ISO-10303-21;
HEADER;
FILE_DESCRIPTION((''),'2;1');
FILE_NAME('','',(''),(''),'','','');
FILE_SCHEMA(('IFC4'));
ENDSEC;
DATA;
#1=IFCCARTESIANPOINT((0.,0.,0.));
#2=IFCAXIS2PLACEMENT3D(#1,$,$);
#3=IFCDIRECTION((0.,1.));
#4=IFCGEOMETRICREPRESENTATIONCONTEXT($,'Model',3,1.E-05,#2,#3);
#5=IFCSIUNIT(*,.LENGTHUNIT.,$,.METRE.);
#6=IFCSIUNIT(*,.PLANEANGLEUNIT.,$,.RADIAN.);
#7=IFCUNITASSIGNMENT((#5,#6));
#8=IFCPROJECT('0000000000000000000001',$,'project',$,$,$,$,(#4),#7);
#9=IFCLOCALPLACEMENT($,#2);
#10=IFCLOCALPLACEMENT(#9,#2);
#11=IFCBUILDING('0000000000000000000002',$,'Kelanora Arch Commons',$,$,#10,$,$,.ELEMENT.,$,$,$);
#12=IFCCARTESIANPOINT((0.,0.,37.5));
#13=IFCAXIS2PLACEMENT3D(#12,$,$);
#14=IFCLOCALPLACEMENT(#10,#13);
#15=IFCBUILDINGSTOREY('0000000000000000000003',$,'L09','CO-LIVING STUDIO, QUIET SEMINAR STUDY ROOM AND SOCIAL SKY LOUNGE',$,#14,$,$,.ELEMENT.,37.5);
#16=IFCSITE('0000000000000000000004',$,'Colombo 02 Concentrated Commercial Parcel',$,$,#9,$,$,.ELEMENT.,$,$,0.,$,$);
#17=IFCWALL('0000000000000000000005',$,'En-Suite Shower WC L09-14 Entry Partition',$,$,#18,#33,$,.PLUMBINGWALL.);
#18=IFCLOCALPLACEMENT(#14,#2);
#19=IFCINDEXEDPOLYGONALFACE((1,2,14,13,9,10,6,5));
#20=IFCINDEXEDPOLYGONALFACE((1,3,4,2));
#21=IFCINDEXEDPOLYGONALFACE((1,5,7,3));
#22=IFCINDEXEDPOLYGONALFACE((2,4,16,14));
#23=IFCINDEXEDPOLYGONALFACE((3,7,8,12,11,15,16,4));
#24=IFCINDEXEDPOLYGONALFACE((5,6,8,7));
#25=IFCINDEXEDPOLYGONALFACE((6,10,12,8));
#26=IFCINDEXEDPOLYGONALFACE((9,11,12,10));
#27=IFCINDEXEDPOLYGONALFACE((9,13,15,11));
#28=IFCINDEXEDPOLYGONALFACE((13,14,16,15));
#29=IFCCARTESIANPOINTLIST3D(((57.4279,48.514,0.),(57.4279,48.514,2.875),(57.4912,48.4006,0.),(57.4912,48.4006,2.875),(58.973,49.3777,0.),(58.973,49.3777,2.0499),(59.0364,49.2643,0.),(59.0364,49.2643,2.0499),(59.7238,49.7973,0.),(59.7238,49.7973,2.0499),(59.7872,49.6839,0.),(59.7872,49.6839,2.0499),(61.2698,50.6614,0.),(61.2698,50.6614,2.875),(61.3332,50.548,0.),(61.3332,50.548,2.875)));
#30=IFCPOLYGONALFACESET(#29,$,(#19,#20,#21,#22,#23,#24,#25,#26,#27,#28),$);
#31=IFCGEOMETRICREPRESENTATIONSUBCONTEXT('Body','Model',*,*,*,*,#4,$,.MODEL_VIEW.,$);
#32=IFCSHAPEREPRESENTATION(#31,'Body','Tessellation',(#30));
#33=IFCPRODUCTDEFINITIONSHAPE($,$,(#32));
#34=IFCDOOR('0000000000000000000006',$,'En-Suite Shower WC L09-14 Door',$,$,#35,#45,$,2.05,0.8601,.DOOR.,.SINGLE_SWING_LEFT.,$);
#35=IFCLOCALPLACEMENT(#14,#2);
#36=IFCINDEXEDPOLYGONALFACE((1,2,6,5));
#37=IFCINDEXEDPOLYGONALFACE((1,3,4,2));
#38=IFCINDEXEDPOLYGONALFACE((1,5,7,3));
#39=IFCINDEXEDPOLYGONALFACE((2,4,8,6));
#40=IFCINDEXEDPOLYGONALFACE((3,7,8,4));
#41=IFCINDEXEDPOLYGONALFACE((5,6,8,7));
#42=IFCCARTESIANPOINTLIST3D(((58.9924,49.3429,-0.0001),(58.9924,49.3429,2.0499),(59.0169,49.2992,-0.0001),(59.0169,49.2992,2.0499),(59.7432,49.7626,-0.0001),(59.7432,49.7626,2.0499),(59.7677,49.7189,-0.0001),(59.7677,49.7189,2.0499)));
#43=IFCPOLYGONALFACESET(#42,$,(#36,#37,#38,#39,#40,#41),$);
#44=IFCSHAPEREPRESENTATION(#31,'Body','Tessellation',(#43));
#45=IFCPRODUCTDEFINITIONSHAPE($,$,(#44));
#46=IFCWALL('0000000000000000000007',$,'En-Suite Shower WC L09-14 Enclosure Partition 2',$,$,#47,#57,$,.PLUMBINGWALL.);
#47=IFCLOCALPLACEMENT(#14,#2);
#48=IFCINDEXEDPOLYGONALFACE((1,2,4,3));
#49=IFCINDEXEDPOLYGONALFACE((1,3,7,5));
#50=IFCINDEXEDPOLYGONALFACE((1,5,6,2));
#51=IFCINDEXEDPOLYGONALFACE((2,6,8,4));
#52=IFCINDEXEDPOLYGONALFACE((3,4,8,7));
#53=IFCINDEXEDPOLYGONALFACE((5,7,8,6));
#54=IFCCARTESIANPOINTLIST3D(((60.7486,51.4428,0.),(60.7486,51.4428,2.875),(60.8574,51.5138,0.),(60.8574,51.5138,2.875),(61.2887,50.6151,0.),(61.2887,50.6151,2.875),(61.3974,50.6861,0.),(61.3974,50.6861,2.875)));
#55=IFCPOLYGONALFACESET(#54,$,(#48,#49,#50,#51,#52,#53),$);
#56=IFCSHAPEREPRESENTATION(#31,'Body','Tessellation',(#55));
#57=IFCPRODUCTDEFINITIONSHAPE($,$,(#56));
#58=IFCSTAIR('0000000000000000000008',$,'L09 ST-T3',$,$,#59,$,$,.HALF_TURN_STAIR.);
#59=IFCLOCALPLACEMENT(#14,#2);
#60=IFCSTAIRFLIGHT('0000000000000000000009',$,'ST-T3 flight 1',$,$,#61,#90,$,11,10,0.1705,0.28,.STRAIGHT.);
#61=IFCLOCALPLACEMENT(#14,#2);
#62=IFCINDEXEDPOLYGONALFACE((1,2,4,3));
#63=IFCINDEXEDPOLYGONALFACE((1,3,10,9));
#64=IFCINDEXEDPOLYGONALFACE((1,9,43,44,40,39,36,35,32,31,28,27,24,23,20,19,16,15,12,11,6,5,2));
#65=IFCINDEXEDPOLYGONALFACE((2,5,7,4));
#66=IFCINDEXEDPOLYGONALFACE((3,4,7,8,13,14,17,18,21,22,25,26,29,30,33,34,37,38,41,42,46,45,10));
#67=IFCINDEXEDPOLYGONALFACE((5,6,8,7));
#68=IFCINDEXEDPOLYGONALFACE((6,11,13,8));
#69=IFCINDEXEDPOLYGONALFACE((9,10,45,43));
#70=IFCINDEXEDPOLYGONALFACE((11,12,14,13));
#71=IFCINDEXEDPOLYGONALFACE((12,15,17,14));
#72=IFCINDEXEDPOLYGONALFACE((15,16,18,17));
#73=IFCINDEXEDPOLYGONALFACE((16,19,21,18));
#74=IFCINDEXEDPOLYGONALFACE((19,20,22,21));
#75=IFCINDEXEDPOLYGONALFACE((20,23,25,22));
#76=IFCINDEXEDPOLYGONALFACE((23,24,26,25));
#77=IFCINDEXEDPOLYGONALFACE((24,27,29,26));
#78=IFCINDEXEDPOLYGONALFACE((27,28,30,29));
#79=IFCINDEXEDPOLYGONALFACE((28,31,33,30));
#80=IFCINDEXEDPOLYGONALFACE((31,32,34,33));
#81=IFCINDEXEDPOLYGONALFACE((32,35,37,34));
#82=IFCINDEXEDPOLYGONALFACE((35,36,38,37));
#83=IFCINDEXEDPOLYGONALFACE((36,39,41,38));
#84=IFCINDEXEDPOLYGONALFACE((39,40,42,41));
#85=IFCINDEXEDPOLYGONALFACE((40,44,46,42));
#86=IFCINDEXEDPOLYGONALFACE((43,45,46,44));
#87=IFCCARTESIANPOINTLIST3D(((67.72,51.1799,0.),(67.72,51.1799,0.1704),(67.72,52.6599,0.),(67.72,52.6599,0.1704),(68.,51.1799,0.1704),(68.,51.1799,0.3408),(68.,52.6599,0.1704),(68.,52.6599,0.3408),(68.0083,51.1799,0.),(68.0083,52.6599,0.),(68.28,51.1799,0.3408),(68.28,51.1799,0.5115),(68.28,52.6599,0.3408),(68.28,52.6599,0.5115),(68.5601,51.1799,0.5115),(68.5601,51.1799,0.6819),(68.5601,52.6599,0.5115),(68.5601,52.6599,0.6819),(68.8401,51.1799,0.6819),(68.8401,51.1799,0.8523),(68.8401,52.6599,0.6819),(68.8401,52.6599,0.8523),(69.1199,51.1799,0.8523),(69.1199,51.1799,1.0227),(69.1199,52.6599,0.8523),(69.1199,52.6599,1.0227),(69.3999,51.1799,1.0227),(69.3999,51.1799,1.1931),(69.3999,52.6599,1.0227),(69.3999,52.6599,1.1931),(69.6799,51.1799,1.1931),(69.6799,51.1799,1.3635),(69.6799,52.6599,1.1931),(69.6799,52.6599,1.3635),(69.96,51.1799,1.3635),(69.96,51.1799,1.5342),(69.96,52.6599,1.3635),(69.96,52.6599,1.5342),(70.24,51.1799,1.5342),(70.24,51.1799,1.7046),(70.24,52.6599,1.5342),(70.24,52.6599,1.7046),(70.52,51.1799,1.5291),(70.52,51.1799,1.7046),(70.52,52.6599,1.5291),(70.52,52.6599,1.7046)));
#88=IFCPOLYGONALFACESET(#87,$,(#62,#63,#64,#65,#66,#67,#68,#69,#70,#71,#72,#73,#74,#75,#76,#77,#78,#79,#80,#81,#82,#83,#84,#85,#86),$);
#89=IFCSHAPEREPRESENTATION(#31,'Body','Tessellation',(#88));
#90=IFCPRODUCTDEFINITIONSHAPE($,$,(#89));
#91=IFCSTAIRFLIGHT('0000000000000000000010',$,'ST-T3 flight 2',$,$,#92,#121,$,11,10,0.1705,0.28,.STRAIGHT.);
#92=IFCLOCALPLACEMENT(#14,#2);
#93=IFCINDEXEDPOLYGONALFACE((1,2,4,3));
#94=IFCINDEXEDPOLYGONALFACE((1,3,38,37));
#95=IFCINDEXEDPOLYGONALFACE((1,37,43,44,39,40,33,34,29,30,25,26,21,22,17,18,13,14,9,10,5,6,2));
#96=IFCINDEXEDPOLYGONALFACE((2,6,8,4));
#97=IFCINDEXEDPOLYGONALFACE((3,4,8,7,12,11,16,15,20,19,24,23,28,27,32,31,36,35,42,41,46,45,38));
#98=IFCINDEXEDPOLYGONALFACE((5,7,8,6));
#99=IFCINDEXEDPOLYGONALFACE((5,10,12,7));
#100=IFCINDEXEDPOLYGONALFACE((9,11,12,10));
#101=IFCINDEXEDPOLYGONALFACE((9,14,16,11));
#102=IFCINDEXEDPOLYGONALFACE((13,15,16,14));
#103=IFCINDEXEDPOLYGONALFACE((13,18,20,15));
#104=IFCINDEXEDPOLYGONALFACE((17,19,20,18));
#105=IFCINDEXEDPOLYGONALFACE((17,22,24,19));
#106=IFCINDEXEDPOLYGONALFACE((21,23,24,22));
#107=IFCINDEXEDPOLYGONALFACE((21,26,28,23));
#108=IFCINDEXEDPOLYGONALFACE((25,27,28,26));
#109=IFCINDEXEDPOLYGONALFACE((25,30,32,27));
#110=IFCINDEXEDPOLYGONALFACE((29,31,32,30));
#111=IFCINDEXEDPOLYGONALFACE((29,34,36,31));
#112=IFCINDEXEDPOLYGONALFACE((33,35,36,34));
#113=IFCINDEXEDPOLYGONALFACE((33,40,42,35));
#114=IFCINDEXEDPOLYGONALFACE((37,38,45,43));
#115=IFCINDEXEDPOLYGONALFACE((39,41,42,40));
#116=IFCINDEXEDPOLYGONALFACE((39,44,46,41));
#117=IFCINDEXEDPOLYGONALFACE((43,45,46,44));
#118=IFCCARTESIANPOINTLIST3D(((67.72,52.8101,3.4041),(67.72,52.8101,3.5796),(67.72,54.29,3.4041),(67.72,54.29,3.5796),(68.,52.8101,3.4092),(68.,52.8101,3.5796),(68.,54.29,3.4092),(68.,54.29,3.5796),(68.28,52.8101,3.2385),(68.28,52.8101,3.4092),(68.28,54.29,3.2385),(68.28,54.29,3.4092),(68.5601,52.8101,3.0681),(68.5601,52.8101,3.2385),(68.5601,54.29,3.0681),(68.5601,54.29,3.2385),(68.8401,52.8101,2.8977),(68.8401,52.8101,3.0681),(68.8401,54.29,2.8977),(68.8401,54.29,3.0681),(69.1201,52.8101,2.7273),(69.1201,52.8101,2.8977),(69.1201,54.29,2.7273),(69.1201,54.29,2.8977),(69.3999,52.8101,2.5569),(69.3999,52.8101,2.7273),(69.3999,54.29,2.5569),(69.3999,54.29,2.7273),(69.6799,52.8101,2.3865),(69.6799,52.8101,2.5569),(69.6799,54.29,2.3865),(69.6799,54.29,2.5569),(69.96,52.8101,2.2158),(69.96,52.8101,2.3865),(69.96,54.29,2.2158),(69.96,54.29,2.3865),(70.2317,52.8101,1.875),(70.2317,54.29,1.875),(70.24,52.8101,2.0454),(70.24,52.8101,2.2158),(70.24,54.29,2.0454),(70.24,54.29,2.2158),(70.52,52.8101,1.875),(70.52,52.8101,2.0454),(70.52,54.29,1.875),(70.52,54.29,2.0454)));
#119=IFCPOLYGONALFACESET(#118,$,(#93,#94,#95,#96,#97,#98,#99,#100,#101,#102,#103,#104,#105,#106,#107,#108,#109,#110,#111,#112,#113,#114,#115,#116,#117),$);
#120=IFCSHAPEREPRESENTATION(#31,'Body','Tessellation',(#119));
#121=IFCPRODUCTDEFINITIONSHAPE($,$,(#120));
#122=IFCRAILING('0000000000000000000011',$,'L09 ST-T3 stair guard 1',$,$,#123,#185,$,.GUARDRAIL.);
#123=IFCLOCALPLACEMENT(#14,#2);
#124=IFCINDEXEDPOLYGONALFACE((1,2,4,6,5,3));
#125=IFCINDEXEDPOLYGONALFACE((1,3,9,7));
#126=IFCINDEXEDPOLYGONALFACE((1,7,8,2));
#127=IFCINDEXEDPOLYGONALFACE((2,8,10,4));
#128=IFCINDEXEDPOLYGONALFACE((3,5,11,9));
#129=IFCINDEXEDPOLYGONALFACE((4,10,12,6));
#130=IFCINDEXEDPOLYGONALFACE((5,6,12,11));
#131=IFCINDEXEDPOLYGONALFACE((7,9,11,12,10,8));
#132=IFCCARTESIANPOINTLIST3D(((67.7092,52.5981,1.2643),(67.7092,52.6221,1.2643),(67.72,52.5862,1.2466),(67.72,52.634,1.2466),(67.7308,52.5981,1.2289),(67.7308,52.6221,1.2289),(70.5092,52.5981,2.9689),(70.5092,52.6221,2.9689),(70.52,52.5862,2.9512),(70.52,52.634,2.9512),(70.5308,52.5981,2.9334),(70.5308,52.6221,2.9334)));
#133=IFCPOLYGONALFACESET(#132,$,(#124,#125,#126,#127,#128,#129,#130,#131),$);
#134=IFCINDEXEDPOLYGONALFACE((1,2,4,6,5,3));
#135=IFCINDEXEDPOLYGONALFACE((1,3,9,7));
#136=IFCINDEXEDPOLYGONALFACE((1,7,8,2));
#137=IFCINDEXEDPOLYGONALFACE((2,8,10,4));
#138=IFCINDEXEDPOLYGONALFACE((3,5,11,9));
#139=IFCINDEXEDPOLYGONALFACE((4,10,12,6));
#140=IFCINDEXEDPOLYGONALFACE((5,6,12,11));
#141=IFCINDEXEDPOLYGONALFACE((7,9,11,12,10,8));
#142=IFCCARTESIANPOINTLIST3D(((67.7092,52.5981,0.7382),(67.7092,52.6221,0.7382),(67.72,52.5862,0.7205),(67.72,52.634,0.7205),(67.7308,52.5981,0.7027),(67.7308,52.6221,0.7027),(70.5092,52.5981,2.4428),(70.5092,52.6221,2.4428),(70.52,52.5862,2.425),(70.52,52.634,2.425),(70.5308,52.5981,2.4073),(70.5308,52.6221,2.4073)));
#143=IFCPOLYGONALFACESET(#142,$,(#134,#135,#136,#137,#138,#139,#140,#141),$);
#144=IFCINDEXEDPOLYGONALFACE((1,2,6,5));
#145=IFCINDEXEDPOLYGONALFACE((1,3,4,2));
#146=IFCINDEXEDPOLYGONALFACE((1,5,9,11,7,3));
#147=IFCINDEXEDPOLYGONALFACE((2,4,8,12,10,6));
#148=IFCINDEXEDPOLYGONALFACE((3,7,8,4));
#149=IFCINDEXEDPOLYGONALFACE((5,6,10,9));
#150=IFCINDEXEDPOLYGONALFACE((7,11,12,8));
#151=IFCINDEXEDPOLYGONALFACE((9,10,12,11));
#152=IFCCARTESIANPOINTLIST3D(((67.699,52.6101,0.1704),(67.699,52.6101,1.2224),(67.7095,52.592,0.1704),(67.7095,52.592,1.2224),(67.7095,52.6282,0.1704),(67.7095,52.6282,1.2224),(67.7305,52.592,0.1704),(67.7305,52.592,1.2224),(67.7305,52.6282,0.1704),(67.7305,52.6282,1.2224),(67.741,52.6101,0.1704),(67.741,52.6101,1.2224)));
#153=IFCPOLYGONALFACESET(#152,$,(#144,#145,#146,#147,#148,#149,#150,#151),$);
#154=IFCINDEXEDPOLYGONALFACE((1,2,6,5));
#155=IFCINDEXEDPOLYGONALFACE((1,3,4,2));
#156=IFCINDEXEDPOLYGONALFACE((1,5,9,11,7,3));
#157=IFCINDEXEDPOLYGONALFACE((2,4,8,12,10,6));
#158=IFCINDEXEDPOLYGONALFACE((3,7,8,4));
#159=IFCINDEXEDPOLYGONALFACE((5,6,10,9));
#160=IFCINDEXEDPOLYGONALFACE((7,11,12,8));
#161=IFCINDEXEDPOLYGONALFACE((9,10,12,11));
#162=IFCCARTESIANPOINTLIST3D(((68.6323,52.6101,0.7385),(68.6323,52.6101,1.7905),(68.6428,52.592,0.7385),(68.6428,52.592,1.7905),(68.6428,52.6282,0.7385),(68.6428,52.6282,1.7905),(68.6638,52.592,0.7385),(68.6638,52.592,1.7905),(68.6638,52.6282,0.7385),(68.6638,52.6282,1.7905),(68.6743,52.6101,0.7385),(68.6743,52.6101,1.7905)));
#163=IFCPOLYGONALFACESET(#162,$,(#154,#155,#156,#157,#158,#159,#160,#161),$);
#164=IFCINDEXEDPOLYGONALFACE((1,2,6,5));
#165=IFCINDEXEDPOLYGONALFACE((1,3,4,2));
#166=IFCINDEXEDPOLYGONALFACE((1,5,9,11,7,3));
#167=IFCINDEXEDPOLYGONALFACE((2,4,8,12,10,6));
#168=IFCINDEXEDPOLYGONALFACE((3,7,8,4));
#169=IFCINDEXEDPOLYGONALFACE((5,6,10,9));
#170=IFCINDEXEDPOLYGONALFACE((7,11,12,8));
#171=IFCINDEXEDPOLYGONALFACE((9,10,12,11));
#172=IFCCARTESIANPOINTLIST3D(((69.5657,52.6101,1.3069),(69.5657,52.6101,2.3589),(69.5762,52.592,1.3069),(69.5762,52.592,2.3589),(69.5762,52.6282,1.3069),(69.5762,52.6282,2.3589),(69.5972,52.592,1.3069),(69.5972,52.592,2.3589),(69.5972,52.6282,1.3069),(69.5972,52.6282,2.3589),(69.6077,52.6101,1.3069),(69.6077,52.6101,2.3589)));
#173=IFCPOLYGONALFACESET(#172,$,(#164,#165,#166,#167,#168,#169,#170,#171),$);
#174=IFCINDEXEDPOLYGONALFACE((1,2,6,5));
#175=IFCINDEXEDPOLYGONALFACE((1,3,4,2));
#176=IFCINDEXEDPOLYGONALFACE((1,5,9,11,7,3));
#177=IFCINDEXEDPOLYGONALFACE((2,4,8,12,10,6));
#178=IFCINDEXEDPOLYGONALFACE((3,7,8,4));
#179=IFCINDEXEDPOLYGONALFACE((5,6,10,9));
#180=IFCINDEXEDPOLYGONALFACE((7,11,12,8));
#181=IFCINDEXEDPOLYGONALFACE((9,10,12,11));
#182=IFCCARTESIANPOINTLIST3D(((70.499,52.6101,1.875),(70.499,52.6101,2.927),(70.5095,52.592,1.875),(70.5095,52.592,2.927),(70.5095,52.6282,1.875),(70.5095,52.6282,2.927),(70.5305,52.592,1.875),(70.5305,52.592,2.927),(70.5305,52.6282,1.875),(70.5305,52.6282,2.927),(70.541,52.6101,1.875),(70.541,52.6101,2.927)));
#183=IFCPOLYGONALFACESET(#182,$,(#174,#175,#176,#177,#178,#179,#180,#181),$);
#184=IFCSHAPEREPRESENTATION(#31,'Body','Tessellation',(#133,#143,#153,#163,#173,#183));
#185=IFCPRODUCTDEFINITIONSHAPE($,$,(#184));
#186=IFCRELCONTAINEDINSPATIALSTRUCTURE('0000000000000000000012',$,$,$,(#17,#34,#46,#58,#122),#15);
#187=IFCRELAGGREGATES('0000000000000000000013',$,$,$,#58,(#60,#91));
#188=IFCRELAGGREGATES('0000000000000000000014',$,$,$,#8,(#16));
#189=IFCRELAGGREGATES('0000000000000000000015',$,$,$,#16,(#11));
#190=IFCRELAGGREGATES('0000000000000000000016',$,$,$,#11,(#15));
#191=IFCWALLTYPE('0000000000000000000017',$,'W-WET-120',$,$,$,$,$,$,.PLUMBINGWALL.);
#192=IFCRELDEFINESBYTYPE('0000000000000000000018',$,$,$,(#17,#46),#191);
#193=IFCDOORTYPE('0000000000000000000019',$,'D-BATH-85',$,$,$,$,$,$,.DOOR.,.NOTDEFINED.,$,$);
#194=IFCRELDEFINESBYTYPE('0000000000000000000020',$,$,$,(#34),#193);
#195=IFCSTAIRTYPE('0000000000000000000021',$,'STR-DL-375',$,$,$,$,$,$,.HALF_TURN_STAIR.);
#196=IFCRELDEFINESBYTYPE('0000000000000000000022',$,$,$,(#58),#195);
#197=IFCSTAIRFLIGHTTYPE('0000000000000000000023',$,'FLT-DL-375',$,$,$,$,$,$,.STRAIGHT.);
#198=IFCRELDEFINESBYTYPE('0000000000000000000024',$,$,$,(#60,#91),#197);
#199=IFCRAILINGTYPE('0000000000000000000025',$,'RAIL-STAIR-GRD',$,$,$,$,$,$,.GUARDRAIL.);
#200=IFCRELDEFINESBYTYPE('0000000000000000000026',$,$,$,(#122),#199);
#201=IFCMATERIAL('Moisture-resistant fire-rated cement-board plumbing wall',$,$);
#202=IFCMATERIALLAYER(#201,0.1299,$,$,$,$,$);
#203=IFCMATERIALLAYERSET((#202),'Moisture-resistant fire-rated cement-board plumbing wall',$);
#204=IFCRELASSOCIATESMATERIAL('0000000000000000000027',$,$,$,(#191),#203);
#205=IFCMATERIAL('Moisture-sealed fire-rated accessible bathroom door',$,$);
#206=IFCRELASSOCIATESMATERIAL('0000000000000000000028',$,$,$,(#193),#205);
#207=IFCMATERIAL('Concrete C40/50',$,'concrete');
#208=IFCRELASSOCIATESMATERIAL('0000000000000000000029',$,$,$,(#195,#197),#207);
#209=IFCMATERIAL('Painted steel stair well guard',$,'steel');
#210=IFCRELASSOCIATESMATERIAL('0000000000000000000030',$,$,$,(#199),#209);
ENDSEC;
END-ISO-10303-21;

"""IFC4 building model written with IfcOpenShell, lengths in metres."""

from ifc_helpers import new_model, si_unit, direction, frame, frame_2d, origin, place, context, subcontext, project, spatial, polyline, rectangle, outline, extrude, material, layer, layer_set, type_object, element, fill, aggregate, save


model = new_model("IFC4")

# Units and contexts
model_context = context("Model", 3, precision=1e-05, world=origin(), true_north=direction((0.0, 1.0)))
body_context = subcontext(model_context, "Body", "Model", "MODEL_VIEW")
ifc_project = project(units=[si_unit("LENGTHUNIT", "METRE"), si_unit("PLANEANGLEUNIT", "RADIAN")], contexts=[model_context])

# Site, building, storey
site_placement = place(None, origin())
site = spatial("IfcSite", under=ifc_project, at=site_placement, Name="Colombo 02 Concentrated Commercial Parcel", CompositionType="ELEMENT", RefElevation=0.0)
building_placement = place(site_placement, origin())
building = spatial("IfcBuilding", under=site, at=building_placement, Name="Kelanora Arch Commons", CompositionType="ELEMENT")
storey_placement = place(building_placement, frame((0.0, 0.0, 37.5)))
storey = spatial("IfcBuildingStorey", under=building, at=storey_placement, Name="L09", Description="CO-LIVING STUDIO, QUIET SEMINAR STUDY ROOM AND SOCIAL SKY LOUNGE", CompositionType="ELEMENT", Elevation=37.5)

# Shared definitions
ifc_material_1 = material(Name="Concrete C40/50", Category="concrete")

# Wall, opening, door
ifc_material_2 = material(Name="Moisture-resistant fire-rated cement-board plumbing wall")
ifc_layer_1 = layer(ifc_material_2, 0.1299)
ifc_layer_set_1 = layer_set([ifc_layer_1], Name="Moisture-resistant fire-rated cement-board plumbing wall")
wall_type_1 = type_object("IfcWallType", Name="W-WET-120", PredefinedType="PLUMBINGWALL", material=ifc_layer_set_1)
wall_1_placement = place(storey_placement, frame((61.3015, 50.6047, 0.0), z_axis=(0.0, 0.0, 1.0), x_axis=(-0.872901, -0.487897, 0.0)))
wall_1 = element("IfcWall", 1, at=wall_1_placement, inside=storey, type_object=wall_type_1, Name="En-Suite Shower WC L09-14 Entry Partition", PredefinedType="PLUMBINGWALL", context=body_context, shape_type="SweptSolid", body=[
    extrude(rectangle(XDim=4.4014, YDim=0.1299, at=frame_2d((2.2007, 0.0))), origin(), (0.0, 0.0, 1.0), 2.875),
])
opening_1_placement = place(wall_1_placement, frame((1.771, 0.0, 0.0)))
opening_1 = element("IfcOpeningElement", 2, at=opening_1_placement, cuts=wall_1, PredefinedType="OPENING", context=body_context, shape_type="SweptSolid", body=[
    extrude(rectangle(XDim=0.8601, YDim=2.05, at=frame_2d((0.4302, 1.0249))), frame((0.0, 0.075, 0.0), z_axis=(0.0, -1.0, 0.0), x_axis=(1.0, 0.0, 0.0)), (0.0, 0.0, 1.0), 0.1499),
])
ifc_material_3 = material(Name="Moisture-sealed fire-rated accessible bathroom door")
door_type_1 = type_object("IfcDoorType", Name="D-BATH-85", OperationType="NOTDEFINED", PredefinedType="DOOR", material=ifc_material_3)
door_1_placement = place(opening_1_placement, origin())
door_1 = element("IfcDoor", 3, at=door_1_placement, inside=storey, type_object=door_type_1, Name="En-Suite Shower WC L09-14 Door", OperationType="SINGLE_SWING_LEFT", OverallHeight=2.05, OverallWidth=0.8601, PredefinedType="DOOR", context=body_context, shape_type="SweptSolid", body=[
    extrude(rectangle(XDim=0.8601, YDim=2.05, at=frame_2d((0.4302, 1.0249))), frame((0.0, 0.0249, 0.0), z_axis=(0.0, -1.0, 0.0), x_axis=(1.0, 0.0, 0.0)), (0.0, 0.0, 1.0), 0.05),
])
fill(opening_1, door_1)

# Wall
wall_2_placement = place(storey_placement, frame((60.803, 51.4783, 0.0), z_axis=(0.0, 0.0, 1.0), x_axis=(0.546464, -0.837483, 0.0)))
element("IfcWall", 4, at=wall_2_placement, inside=storey, type_object=wall_type_1, Name="En-Suite Shower WC L09-14 Enclosure Partition 2", PredefinedType="PLUMBINGWALL", context=body_context, shape_type="SweptSolid", body=[
    extrude(rectangle(XDim=0.9883, YDim=0.1299, at=frame_2d((0.4941, 0.0))), origin(), (0.0, 0.0, 1.0), 2.875),
])

# Stair, stair flights
stair_type = type_object("IfcStairType", Name="STR-DL-375", PredefinedType="HALF_TURN_STAIR", material=ifc_material_1)
stair_placement = place(storey_placement, origin())
stair = element("IfcStair", 5, at=stair_placement, inside=storey, type_object=stair_type, Name="L09 ST-T3", PredefinedType="HALF_TURN_STAIR")
stair_flight_type = type_object("IfcStairFlightType", Name="FLT-DL-375", PredefinedType="STRAIGHT", material=ifc_material_1)
stair_flight_1_placement = place(storey_placement, frame((67.72, 51.9199, 0.0), z_axis=(0.0, 0.0, 1.0), x_axis=(1.0, 0.0, 0.0)))
stair_flight_1 = element("IfcStairFlight", 6, at=stair_flight_1_placement, type_object=stair_flight_type, Name="ST-T3 flight 1", NumberOfRisers=11, NumberOfTreads=10, PredefinedType="STRAIGHT", RiserHeight=0.1705, TreadLength=0.28, context=body_context, shape_type="SweptSolid", body=[
    extrude(outline(polyline([(0.0, 0.0), (0.0, 0.1704), (0.28, 0.1704), (0.28, 0.3408), (0.5601, 0.3408), (0.5601, 0.5115), (0.8401, 0.5115), (0.8401, 0.6819), (1.1201, 0.6819), (1.1201, 0.8523), (1.3999, 0.8523), (1.3999, 1.0227), (1.6799, 1.0227), (1.6799, 1.1931), (1.96, 1.1931), (1.96, 1.3635), (2.24, 1.3635), (2.24, 1.5342), (2.52, 1.5342), (2.52, 1.7046), (2.8, 1.7046), (2.8, 1.875), (2.8, 1.5291), (0.2883, 0.0), (0.0, 0.0)])), frame((0.0, 0.74, 0.0), z_axis=(0.0, -1.0, 0.0), x_axis=(1.0, 0.0, 0.0)), (0.0, 0.0, 1.0), 1.48),
])
stair_flight_2_placement = place(storey_placement, frame((70.52, 53.55, 1.875), z_axis=(0.0, 0.0, 1.0), x_axis=(-1.0, 0.0, 0.0)))
stair_flight_2 = element("IfcStairFlight", 7, at=stair_flight_2_placement, type_object=stair_flight_type, Name="ST-T3 flight 2", NumberOfRisers=11, NumberOfTreads=10, PredefinedType="STRAIGHT", RiserHeight=0.1705, TreadLength=0.28, context=body_context, shape_type="SweptSolid", body=[
    extrude(outline(polyline([(0.0, 0.0), (0.0, 0.1704), (0.28, 0.1704), (0.28, 0.3408), (0.5601, 0.3408), (0.5601, 0.5115), (0.8401, 0.5115), (0.8401, 0.6819), (1.1201, 0.6819), (1.1201, 0.8523), (1.3999, 0.8523), (1.3999, 1.0227), (1.6799, 1.0227), (1.6799, 1.1931), (1.96, 1.1931), (1.96, 1.3635), (2.24, 1.3635), (2.24, 1.5342), (2.52, 1.5342), (2.52, 1.7046), (2.8, 1.7046), (2.8, 1.875), (2.8, 1.5291), (0.2883, 0.0), (0.0, 0.0)])), frame((0.0, 0.74, 0.0), z_axis=(0.0, -1.0, 0.0), x_axis=(1.0, 0.0, 0.0)), (0.0, 0.0, 1.0), 1.48),
])
aggregate(stair, [stair_flight_1, stair_flight_2])

# Railing
ifc_material_4 = material(Name="Painted steel stair well guard", Category="steel")
railing_type_1 = type_object("IfcRailingType", Name="RAIL-STAIR-GRD", PredefinedType="GUARDRAIL", material=ifc_material_4)
railing_1_placement = place(storey_placement, frame((67.72, 52.6101, 0.1704)))
element("IfcRailing", 8, at=railing_1_placement, inside=storey, type_object=railing_type_1, Name="L09 ST-T3 stair guard 1", PredefinedType="GUARDRAIL", context=body_context, shape_type="SweptSolid", body=[
    extrude(outline(polyline([(0.0239, 0.0), (0.012, 0.0208), (-0.012, 0.0208), (-0.0239, 0.0), (-0.012, -0.0208), (0.012, -0.0208), (0.0239, 0.0)])), frame((0.0, 0.0, 1.0762), z_axis=(0.85417, 0.0, 0.519994), x_axis=(0.0, 1.0, 0.0)), (0.0, 0.0, 1.0), 3.2781),
    extrude(outline(polyline([(0.0239, 0.0), (0.012, 0.0208), (-0.012, 0.0208), (-0.0239, 0.0), (-0.012, -0.0208), (0.012, -0.0208), (0.0239, 0.0)])), frame((0.0, 0.0, 0.55), z_axis=(0.85417, 0.0, 0.519994), x_axis=(0.0, 1.0, 0.0)), (0.0, 0.0, 1.0), 3.2781),
    extrude(outline(polyline([(0.021, 0.0), (0.0105, 0.0181), (-0.0105, 0.0181), (-0.021, 0.0), (-0.0105, -0.0181), (0.0105, -0.0181), (0.021, 0.0)])), origin(), (0.0, 0.0, 1.0), 1.052),
    extrude(outline(polyline([(0.021, 0.0), (0.0105, 0.0181), (-0.0105, 0.0181), (-0.021, 0.0), (-0.0105, -0.0181), (0.0105, -0.0181), (0.021, 0.0)])), frame((0.9333, 0.0, 0.5681)), (0.0, 0.0, 1.0), 1.052),
    extrude(outline(polyline([(0.021, 0.0), (0.0105, 0.0181), (-0.0105, 0.0181), (-0.021, 0.0), (-0.0105, -0.0181), (0.0105, -0.0181), (0.021, 0.0)])), frame((1.8667, 0.0, 1.1365)), (0.0, 0.0, 1.0), 1.052),
    extrude(outline(polyline([(0.021, 0.0), (0.0105, 0.0181), (-0.0105, 0.0181), (-0.021, 0.0), (-0.0105, -0.0181), (0.0105, -0.0181), (0.021, 0.0)])), frame((2.8, 0.0, 1.7046)), (0.0, 0.0, 1.0), 1.052),
])

save(model, "model.ifc")
